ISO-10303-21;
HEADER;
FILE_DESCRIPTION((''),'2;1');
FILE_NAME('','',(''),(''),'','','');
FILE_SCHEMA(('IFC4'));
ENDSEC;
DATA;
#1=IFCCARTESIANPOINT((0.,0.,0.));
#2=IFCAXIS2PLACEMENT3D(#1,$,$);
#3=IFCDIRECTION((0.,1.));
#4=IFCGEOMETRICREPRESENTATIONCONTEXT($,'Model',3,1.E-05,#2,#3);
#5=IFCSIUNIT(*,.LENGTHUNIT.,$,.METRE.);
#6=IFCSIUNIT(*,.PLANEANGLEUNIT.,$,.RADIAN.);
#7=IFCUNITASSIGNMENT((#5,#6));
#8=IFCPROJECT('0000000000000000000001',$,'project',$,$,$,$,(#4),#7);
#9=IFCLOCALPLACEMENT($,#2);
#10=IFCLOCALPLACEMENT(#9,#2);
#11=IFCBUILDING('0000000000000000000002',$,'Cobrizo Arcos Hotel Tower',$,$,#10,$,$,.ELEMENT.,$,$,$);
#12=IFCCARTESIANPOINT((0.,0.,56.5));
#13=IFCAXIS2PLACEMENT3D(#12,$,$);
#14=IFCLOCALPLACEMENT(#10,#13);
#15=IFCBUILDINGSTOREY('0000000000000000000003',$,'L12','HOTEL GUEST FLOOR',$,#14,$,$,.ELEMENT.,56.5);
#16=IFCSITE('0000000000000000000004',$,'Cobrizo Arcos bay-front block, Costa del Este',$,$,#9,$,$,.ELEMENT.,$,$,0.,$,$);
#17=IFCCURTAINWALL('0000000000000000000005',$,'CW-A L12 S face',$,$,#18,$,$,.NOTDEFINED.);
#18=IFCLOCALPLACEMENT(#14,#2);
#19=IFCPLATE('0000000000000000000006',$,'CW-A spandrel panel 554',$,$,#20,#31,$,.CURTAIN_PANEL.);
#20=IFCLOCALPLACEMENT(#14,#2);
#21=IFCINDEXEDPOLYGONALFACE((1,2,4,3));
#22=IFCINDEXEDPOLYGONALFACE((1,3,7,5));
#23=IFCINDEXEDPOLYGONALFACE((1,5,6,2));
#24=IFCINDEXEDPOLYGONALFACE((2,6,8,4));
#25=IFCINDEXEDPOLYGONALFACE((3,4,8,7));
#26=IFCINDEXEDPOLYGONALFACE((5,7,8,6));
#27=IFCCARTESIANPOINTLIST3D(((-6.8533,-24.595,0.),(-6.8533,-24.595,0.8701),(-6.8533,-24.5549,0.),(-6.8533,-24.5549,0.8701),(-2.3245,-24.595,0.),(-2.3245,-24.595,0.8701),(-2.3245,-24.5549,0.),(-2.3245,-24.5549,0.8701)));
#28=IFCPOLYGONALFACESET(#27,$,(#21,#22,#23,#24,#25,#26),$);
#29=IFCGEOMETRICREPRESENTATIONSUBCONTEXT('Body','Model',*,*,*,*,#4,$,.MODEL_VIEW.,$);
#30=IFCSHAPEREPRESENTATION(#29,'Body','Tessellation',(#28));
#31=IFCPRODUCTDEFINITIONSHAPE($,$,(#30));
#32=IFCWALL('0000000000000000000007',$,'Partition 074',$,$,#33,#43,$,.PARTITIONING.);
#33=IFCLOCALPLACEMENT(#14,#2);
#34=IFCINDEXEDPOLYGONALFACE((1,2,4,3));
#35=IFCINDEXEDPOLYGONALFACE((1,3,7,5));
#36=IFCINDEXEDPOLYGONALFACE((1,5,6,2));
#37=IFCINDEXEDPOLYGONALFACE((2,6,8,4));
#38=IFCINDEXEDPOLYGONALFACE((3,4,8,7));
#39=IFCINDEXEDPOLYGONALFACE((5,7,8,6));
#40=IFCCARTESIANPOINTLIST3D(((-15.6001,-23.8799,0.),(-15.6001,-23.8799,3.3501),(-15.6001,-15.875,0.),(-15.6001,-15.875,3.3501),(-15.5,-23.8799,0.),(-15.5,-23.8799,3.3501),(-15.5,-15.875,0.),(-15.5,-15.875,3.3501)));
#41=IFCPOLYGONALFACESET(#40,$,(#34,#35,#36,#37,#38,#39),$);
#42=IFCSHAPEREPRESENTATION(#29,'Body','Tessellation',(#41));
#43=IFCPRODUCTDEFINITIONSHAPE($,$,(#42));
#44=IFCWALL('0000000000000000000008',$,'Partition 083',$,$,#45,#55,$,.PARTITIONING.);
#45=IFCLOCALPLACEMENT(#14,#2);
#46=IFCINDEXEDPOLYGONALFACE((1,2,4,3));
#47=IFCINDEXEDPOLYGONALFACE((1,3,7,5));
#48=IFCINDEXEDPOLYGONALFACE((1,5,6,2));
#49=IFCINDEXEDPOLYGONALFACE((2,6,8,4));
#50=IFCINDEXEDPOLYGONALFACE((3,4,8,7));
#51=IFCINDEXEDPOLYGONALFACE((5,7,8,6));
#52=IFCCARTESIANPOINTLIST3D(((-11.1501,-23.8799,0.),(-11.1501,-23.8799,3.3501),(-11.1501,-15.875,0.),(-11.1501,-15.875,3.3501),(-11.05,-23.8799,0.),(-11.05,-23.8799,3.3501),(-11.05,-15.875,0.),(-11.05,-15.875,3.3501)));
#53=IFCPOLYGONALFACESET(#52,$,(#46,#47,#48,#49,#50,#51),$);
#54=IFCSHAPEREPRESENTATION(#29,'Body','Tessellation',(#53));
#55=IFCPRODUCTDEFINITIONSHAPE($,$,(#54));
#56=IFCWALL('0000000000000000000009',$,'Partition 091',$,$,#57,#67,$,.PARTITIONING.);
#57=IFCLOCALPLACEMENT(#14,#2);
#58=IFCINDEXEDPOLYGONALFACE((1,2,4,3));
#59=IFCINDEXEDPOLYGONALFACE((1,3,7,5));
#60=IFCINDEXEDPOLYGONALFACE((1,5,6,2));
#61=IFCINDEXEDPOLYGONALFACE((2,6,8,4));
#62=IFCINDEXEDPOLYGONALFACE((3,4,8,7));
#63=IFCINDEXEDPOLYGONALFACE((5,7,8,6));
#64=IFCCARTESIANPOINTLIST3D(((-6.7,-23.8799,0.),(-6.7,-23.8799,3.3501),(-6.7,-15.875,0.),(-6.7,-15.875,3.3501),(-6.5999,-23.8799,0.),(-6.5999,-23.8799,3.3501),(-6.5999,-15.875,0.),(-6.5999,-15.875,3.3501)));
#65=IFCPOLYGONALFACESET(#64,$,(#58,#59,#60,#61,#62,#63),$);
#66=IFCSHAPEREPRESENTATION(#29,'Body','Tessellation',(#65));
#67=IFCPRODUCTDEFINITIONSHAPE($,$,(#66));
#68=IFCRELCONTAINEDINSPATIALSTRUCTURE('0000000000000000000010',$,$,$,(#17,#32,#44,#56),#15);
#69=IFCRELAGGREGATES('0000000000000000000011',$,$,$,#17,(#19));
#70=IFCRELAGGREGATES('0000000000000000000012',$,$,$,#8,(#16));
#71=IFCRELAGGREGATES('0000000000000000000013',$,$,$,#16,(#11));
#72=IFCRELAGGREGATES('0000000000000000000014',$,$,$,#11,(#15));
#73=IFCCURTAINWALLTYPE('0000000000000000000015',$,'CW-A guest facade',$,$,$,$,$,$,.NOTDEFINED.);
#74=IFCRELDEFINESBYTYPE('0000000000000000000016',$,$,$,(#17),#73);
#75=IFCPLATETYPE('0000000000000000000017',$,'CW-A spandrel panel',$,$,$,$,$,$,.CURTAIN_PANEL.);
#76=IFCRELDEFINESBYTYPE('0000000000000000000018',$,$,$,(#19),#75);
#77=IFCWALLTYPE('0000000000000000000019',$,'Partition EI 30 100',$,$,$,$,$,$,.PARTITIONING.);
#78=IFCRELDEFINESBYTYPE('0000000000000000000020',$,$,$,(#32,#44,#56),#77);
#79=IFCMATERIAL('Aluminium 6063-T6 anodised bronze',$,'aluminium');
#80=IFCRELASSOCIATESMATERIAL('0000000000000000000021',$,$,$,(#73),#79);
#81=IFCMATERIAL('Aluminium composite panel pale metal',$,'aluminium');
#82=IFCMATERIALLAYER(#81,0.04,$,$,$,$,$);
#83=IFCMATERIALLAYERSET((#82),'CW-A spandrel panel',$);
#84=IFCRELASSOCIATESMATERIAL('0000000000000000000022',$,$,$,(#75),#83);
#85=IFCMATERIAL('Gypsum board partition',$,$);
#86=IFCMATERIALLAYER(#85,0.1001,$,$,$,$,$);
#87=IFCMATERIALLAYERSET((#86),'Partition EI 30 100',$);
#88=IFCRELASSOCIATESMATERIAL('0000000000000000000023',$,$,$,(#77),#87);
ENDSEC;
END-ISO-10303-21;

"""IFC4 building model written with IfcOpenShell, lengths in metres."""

from ifc_helpers import new_model, si_unit, direction, frame, frame_2d, origin, origin_2d, place, context, subcontext, project, spatial, rectangle, extrude, material, layer, layer_set, type_object, element, aggregate, save


model = new_model("IFC4")

# Units and contexts
model_context = context("Model", 3, precision=1e-05, world=origin(), true_north=direction((0.0, 1.0)))
body_context = subcontext(model_context, "Body", "Model", "MODEL_VIEW")
ifc_project = project(units=[si_unit("LENGTHUNIT", "METRE"), si_unit("PLANEANGLEUNIT", "RADIAN")], contexts=[model_context])

# Site, building, storey
site_placement = place(None, origin())
site = spatial("IfcSite", under=ifc_project, at=site_placement, Name="Cobrizo Arcos bay-front block, Costa del Este", CompositionType="ELEMENT", RefElevation=0.0)
building_placement = place(site_placement, origin())
building = spatial("IfcBuilding", under=site, at=building_placement, Name="Cobrizo Arcos Hotel Tower", CompositionType="ELEMENT")
storey_placement = place(building_placement, frame((0.0, 0.0, 56.5)))
storey = spatial("IfcBuildingStorey", under=building, at=storey_placement, Name="L12", Description="HOTEL GUEST FLOOR", CompositionType="ELEMENT", Elevation=56.5)

# Curtain wall
ifc_material_1 = material(Name="Aluminium 6063-T6 anodised bronze", Category="aluminium")
curtain_wall_type = type_object("IfcCurtainWallType", Name="CW-A guest facade", PredefinedType="NOTDEFINED", material=ifc_material_1)
curtain_wall_placement = place(storey_placement, origin())
curtain_wall = element("IfcCurtainWall", 1, at=curtain_wall_placement, inside=storey, type_object=curtain_wall_type, Name="CW-A L12 S face", PredefinedType="NOTDEFINED")

# Plate
ifc_material_2 = material(Name="Aluminium composite panel pale metal", Category="aluminium")
ifc_layer_1 = layer(ifc_material_2, 0.04)
ifc_layer_set_1 = layer_set([ifc_layer_1], Name="CW-A spandrel panel")
plate_type_1 = type_object("IfcPlateType", Name="CW-A spandrel panel", PredefinedType="CURTAIN_PANEL", material=ifc_layer_set_1)
plate_1_placement = place(storey_placement, frame((-4.5889, -24.575, 0.0), z_axis=(0.0, 0.0, 1.0), x_axis=(1.0, 0.0, 0.0)))
plate_1 = element("IfcPlate", 2, at=plate_1_placement, type_object=plate_type_1, Name="CW-A spandrel panel 554", PredefinedType="CURTAIN_PANEL", context=body_context, shape_type="SweptSolid", body=[
    extrude(rectangle(XDim=4.5288, YDim=0.04, at=origin_2d()), origin(), (0.0, 0.0, 1.0), 0.8701),
])
aggregate(curtain_wall, [plate_1])

# Walls
ifc_material_3 = material(Name="Gypsum board partition")
ifc_layer_2 = layer(ifc_material_3, 0.1001)
ifc_layer_set_2 = layer_set([ifc_layer_2], Name="Partition EI 30 100")
wall_type = type_object("IfcWallType", Name="Partition EI 30 100", PredefinedType="PARTITIONING", material=ifc_layer_set_2)
for number, where, z_axis, x_axis, name in (
    (3, (-15.55, -23.8799, 0.0), (0.0, 0.0, 1.0), (0.0, 1.0, 0.0), "Partition 074"),
    (4, (-11.1001, -23.8799, 0.0), (0.0, 0.0, 1.0), (0.0, 1.0, 0.0), "Partition 083"),
    (5, (-6.6499, -23.8799, 0.0), (0.0, 0.0, 1.0), (0.0, 1.0, 0.0), "Partition 091"),
):
    element("IfcWall", number, at=place(storey_placement, frame(where, z_axis=z_axis, x_axis=x_axis)), inside=storey, type_object=wall_type, Name=name, PredefinedType="PARTITIONING", context=body_context, shape_type="SweptSolid", body=[
        extrude(rectangle(XDim=8.0049, YDim=0.1001, at=frame_2d((4.0024, 0.0))), origin(), (0.0, 0.0, 1.0), 3.3501),
    ])

save(model, "model.ifc")
